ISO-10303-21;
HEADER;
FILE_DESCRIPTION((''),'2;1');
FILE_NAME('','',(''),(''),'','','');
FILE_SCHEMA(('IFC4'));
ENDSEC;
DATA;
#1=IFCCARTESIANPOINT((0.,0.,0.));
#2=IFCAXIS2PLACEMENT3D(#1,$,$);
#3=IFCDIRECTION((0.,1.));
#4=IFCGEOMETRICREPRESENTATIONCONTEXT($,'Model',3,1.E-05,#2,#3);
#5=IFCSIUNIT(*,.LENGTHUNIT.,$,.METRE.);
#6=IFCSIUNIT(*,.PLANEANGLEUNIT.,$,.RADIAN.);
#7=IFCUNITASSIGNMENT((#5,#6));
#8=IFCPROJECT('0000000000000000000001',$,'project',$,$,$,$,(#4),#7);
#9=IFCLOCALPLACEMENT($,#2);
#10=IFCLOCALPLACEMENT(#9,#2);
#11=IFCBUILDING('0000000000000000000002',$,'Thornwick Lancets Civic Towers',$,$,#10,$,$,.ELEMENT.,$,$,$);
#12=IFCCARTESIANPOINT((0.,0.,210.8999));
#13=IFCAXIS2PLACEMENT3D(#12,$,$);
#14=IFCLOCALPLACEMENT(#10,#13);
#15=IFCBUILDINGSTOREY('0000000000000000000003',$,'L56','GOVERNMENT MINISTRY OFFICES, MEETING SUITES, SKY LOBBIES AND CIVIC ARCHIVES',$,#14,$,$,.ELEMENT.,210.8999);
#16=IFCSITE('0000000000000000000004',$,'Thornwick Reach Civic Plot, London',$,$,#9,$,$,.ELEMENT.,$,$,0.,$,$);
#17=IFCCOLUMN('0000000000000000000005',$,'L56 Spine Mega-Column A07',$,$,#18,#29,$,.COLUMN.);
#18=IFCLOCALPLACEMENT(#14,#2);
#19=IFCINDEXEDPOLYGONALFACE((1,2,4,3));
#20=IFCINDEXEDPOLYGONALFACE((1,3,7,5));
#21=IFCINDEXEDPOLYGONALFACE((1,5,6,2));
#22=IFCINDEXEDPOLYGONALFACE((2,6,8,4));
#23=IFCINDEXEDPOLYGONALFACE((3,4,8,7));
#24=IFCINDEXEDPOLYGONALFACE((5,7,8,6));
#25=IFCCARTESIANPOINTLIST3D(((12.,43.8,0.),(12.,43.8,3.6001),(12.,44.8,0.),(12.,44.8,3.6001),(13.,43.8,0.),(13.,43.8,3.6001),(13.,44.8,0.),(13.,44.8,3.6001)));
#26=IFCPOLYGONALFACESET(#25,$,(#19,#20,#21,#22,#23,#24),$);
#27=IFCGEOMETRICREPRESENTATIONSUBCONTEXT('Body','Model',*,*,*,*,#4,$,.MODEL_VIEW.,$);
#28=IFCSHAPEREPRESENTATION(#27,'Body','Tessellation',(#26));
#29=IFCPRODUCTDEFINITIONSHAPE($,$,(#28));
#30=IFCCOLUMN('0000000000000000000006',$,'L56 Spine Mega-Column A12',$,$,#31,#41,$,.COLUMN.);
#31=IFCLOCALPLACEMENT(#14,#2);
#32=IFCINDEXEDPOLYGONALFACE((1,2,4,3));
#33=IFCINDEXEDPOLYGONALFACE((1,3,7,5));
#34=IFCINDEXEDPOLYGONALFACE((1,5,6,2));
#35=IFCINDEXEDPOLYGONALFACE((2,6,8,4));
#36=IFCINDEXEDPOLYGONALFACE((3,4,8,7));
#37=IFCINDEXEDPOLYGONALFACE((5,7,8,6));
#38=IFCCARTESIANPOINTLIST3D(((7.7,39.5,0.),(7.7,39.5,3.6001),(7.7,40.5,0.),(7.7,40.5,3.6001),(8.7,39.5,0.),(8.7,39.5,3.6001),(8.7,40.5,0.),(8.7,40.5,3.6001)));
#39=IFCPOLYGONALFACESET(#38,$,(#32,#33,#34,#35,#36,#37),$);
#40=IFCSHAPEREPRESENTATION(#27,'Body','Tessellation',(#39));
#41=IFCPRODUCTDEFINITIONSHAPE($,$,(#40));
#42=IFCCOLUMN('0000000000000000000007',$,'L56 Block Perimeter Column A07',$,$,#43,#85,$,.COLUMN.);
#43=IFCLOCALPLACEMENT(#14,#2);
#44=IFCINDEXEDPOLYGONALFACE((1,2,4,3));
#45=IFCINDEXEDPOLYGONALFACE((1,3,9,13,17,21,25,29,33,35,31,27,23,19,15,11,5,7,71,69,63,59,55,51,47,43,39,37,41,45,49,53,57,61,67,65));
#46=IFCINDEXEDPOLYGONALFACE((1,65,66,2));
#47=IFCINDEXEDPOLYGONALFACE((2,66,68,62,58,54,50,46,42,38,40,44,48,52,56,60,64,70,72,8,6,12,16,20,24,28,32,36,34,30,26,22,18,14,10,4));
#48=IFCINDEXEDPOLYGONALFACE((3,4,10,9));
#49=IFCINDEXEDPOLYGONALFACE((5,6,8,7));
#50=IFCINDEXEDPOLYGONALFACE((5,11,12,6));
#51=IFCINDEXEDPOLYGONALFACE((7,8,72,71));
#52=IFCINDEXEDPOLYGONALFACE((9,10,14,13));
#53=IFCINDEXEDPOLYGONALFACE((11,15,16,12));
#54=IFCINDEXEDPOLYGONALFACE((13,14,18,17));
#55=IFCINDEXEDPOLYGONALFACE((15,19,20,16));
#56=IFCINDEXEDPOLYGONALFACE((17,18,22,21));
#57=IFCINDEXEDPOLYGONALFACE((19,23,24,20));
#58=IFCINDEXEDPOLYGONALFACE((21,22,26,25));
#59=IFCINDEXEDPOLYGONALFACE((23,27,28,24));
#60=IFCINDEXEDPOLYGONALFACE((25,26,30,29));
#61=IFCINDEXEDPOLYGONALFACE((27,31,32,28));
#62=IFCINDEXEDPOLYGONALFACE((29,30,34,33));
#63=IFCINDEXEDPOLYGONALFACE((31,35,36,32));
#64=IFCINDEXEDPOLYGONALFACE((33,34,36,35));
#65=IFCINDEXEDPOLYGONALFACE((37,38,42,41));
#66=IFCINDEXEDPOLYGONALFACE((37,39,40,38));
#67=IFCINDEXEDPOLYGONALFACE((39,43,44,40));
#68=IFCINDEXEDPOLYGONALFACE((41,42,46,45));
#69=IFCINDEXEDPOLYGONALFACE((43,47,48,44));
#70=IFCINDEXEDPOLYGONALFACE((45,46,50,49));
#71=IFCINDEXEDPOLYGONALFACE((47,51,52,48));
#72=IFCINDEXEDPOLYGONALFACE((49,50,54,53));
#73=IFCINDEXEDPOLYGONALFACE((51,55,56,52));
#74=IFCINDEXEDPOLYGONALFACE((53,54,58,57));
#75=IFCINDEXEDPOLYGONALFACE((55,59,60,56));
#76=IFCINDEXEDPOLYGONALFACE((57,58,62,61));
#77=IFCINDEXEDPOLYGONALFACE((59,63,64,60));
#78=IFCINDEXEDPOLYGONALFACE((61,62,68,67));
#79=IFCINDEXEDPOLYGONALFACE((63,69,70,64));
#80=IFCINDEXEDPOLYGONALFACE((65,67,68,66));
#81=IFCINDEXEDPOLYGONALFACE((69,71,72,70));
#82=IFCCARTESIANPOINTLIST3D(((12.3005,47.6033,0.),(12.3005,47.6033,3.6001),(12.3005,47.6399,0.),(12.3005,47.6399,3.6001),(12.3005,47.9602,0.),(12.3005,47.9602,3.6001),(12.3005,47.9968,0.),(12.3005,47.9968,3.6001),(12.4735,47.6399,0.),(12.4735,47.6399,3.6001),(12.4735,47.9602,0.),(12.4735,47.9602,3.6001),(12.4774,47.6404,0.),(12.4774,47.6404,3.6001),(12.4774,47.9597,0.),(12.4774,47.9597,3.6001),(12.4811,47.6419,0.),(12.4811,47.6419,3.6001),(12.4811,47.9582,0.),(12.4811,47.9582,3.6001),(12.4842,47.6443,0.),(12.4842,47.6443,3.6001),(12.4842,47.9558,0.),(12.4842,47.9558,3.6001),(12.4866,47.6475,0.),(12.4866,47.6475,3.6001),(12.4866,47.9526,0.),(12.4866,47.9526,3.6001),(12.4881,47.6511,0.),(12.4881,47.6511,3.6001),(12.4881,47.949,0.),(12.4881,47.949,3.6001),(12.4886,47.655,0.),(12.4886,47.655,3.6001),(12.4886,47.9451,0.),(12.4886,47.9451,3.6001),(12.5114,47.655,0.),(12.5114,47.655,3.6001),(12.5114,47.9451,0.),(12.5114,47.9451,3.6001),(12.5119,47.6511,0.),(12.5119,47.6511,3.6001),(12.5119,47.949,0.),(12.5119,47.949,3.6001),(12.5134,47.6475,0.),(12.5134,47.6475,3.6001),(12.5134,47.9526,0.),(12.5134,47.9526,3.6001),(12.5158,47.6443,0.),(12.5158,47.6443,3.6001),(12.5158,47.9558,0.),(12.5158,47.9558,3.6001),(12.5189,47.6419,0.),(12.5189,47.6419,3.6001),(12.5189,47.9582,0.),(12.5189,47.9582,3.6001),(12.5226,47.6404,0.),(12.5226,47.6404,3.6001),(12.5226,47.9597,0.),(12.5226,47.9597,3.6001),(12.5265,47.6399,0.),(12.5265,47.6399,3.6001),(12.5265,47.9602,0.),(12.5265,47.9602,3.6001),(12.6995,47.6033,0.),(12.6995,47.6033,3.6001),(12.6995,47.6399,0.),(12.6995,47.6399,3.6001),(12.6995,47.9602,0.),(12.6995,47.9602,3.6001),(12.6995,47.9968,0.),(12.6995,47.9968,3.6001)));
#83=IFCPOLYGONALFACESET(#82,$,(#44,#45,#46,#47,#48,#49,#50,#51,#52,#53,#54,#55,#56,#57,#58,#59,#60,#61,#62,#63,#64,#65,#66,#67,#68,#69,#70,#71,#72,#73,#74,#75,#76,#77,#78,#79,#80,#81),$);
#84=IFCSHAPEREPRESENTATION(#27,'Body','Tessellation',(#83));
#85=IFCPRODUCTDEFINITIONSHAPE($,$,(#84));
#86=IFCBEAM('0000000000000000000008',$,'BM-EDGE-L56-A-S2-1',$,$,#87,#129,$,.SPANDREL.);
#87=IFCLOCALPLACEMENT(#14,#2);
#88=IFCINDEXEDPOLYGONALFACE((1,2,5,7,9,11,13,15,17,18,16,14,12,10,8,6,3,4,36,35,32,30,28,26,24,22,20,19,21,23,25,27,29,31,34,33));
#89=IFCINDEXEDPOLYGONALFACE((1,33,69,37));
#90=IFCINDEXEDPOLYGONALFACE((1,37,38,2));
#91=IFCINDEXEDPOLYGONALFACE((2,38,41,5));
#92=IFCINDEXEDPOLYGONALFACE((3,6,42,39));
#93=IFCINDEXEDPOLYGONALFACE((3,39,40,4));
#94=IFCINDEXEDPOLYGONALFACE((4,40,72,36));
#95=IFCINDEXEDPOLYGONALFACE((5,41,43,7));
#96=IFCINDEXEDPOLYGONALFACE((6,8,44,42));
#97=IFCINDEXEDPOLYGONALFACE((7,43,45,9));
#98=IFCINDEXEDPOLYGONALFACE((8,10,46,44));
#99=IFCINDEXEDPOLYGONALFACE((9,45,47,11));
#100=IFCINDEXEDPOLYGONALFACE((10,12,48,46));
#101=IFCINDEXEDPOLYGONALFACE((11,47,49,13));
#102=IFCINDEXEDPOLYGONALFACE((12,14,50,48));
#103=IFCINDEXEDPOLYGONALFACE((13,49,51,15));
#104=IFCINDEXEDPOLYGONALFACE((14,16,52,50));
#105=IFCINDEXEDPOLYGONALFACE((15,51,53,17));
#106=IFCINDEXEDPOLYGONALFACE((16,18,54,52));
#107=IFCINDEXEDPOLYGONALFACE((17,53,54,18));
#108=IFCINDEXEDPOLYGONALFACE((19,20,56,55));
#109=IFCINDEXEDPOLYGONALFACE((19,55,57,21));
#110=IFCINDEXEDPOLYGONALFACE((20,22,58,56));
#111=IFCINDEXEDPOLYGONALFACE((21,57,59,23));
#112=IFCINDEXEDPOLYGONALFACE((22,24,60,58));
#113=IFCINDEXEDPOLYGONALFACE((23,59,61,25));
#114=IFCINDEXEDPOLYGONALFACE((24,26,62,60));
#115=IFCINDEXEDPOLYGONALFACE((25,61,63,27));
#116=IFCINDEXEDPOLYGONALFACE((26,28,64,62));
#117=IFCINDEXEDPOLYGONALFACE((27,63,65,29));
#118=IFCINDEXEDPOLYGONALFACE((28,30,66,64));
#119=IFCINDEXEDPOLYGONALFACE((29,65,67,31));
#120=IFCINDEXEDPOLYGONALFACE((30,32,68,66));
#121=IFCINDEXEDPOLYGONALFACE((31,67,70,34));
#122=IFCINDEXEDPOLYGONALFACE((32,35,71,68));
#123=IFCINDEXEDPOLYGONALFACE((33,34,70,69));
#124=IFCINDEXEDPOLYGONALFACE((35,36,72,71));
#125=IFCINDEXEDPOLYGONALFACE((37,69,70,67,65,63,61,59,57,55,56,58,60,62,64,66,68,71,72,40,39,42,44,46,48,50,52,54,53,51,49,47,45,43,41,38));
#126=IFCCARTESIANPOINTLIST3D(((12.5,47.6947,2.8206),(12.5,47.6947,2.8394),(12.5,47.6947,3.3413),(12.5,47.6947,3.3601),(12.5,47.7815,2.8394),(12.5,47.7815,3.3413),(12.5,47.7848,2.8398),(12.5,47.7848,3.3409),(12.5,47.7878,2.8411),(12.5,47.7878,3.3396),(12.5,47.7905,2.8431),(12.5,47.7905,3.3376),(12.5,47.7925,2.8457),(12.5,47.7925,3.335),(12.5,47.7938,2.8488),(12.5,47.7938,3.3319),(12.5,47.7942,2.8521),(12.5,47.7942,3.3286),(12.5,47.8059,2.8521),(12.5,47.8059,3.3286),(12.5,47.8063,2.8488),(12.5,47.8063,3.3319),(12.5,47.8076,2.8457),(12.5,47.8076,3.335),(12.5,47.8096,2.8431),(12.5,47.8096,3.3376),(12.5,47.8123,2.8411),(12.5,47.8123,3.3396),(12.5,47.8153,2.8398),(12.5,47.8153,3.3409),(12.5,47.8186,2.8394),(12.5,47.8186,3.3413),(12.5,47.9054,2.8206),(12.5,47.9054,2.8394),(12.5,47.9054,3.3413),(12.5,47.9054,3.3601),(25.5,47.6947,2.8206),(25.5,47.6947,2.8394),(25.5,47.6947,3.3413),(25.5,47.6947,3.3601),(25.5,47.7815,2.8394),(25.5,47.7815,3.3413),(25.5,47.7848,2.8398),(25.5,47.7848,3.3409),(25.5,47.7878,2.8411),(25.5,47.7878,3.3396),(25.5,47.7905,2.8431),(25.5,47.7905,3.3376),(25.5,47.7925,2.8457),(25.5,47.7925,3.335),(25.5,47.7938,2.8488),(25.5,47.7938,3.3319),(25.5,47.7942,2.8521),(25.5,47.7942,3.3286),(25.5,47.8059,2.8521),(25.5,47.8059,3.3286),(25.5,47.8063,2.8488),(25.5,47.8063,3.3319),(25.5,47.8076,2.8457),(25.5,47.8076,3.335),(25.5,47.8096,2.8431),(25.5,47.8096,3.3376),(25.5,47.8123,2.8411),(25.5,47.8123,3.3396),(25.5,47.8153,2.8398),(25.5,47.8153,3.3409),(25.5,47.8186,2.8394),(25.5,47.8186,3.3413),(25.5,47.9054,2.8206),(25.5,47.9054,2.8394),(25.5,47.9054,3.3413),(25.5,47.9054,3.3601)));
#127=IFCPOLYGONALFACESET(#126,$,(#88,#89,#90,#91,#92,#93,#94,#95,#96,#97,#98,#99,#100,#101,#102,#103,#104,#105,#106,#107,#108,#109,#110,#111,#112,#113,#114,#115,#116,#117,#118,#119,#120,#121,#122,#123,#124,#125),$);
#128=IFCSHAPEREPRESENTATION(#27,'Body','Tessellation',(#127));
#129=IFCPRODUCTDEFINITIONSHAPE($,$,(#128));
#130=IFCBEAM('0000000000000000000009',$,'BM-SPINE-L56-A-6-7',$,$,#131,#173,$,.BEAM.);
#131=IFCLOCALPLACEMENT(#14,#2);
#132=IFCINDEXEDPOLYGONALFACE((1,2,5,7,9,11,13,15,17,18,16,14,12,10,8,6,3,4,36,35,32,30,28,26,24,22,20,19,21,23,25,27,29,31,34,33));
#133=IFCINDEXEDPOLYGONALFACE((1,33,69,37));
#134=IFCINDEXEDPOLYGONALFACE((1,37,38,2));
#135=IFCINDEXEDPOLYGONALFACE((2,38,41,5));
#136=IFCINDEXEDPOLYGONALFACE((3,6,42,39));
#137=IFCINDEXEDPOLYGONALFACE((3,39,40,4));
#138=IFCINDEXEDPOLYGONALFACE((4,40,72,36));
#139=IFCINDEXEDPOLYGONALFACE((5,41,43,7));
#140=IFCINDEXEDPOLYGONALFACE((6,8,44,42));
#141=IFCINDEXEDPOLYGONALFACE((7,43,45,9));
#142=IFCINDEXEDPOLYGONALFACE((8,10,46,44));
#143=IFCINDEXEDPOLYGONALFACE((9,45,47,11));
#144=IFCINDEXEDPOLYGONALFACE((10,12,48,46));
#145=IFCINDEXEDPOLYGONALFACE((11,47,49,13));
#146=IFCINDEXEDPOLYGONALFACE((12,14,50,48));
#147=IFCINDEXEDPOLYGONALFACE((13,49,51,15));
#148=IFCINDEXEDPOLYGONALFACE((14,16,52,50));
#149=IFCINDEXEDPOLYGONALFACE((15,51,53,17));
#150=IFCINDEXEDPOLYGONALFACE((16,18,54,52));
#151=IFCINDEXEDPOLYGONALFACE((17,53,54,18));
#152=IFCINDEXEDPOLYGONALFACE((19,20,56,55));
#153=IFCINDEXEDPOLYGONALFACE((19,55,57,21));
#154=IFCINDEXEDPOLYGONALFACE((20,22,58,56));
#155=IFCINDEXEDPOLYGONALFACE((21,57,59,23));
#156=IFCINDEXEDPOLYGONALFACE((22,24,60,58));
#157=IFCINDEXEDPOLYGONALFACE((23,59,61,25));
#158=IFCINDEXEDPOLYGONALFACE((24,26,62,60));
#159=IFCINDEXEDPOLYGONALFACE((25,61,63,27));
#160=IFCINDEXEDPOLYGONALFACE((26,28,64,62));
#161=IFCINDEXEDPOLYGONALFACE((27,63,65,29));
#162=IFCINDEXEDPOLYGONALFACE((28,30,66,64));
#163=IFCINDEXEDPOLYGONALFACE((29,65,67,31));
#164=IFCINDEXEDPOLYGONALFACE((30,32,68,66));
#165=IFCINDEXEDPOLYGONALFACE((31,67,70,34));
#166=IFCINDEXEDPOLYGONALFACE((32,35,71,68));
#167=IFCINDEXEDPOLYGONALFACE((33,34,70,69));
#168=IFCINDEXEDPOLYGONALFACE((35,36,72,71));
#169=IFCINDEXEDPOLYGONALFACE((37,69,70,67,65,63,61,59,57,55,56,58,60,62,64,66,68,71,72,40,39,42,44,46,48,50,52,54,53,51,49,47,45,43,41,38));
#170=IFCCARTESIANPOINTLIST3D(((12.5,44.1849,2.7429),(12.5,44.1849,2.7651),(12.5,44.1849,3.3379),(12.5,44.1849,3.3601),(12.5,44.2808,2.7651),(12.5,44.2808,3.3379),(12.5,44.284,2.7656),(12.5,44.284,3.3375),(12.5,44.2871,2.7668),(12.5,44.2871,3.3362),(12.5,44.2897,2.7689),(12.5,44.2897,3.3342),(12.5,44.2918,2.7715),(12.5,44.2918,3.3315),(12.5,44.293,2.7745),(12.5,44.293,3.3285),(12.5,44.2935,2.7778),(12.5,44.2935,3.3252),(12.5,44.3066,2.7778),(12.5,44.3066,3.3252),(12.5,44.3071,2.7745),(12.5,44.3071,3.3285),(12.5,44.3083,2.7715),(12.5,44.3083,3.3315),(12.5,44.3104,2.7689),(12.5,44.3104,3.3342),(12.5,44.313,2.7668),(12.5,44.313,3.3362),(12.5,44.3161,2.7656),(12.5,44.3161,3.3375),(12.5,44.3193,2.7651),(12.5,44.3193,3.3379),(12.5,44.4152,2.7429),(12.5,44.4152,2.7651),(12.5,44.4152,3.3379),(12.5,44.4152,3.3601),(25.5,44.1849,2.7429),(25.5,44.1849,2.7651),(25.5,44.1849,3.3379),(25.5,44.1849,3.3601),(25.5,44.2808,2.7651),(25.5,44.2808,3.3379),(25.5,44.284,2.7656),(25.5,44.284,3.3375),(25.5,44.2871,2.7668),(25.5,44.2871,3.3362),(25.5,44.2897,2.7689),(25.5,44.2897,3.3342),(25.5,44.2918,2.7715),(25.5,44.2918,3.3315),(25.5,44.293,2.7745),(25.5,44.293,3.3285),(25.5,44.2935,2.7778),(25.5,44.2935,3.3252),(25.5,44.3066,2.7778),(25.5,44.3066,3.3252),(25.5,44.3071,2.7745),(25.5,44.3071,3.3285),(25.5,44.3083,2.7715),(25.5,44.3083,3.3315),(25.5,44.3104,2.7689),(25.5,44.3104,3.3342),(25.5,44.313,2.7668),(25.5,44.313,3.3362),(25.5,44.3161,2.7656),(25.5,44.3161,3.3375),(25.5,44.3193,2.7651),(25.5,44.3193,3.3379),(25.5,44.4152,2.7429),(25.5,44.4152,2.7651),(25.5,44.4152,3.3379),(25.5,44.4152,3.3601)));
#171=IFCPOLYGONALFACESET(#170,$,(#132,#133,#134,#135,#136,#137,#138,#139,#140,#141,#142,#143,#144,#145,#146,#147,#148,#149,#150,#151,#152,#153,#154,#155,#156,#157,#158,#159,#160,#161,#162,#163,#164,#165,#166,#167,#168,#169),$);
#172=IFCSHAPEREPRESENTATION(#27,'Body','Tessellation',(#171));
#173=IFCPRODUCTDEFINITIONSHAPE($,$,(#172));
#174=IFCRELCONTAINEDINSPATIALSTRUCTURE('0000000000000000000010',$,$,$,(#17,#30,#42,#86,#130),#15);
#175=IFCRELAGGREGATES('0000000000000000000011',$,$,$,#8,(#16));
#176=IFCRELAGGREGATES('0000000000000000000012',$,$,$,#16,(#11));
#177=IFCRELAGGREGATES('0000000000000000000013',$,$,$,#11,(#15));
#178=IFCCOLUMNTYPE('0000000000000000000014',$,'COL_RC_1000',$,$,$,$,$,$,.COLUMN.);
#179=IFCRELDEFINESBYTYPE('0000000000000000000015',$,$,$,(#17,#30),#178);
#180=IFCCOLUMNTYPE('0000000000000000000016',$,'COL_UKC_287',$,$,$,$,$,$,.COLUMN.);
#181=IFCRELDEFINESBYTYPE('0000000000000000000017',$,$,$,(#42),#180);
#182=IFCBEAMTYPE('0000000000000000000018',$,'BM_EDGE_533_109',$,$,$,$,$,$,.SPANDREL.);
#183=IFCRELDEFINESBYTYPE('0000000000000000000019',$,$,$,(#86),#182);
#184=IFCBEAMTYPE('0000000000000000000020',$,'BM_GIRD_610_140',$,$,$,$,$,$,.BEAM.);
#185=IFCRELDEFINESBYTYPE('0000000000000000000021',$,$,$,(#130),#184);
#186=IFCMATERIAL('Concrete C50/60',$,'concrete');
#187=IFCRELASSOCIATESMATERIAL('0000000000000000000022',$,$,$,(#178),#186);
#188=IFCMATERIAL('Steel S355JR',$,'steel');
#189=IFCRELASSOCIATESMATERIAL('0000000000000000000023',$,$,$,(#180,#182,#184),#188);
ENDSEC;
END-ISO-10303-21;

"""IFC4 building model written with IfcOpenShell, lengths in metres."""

from ifc_helpers import new_model, si_unit, direction, frame, origin, origin_2d, place, context, subcontext, project, spatial, rectangle, i_section, extrude, material, material_profile, profile_set, type_object, element, save


model = new_model("IFC4")

# Units and contexts
model_context = context("Model", 3, precision=1e-05, world=origin(), true_north=direction((0.0, 1.0)))
body_context = subcontext(model_context, "Body", "Model", "MODEL_VIEW")
ifc_project = project(units=[si_unit("LENGTHUNIT", "METRE"), si_unit("PLANEANGLEUNIT", "RADIAN")], contexts=[model_context])

# Site, building, storey
site_placement = place(None, origin())
site = spatial("IfcSite", under=ifc_project, at=site_placement, Name="Thornwick Reach Civic Plot, London", CompositionType="ELEMENT", RefElevation=0.0)
building_placement = place(site_placement, origin())
building = spatial("IfcBuilding", under=site, at=building_placement, Name="Thornwick Lancets Civic Towers", CompositionType="ELEMENT")
storey_placement = place(building_placement, frame((0.0, 0.0, 210.8999)))
storey = spatial("IfcBuildingStorey", under=building, at=storey_placement, Name="L56", Description="GOVERNMENT MINISTRY OFFICES, MEETING SUITES, SKY LOBBIES AND CIVIC ARCHIVES", CompositionType="ELEMENT", Elevation=210.8999)

# Columns
ifc_material_1 = material(Name="Concrete C50/60", Category="concrete")
ifc_material_profile_1 = material_profile(ifc_material_1, rectangle(XDim=1.0, YDim=1.0, at=origin_2d()), Name="RC 1000x1000")
ifc_profile_set_1 = profile_set([ifc_material_profile_1], Name="Concrete C50/60")
column_type_1 = type_object("IfcColumnType", Name="COL_RC_1000", PredefinedType="COLUMN", material=ifc_profile_set_1)
for number, where, z_axis, x_axis, name in (
    (1, (12.5, 44.3, 0.0), (0.0, 0.0, 1.0), (1.0, 0.0, 0.0), "L56 Spine Mega-Column A07"),
    (2, (8.2, 40.0, 0.0), (0.0, 0.0, 1.0), (1.0, 0.0, 0.0), "L56 Spine Mega-Column A12"),
):
    element("IfcColumn", number, at=place(storey_placement, frame(where, z_axis=z_axis, x_axis=x_axis)), inside=storey, type_object=column_type_1, Name=name, PredefinedType="COLUMN", context=body_context, shape_type="SweptSolid", body=[
        extrude(rectangle(XDim=1.0, YDim=1.0, at=origin_2d()), origin(), (0.0, 0.0, 1.0), 3.6001),
    ])
ifc_material_2 = material(Name="Steel S355JR", Category="steel")
ifc_material_profile_2 = material_profile(ifc_material_2, i_section(OverallWidth=0.3989, OverallDepth=0.3936, WebThickness=0.0227, FlangeThickness=0.0366, FilletRadius=0.0151, at=origin_2d()), Name="UKC 356x406x287")
ifc_profile_set_2 = profile_set([ifc_material_profile_2], Name="Steel S355JR")
column_type_2 = type_object("IfcColumnType", Name="COL_UKC_287", PredefinedType="COLUMN", material=ifc_profile_set_2)
column_placement = place(storey_placement, frame((12.5, 47.8, 0.0), z_axis=(0.0, 0.0, 1.0), x_axis=(1.0, 0.0, 0.0)))
element("IfcColumn", 3, at=column_placement, inside=storey, type_object=column_type_2, Name="L56 Block Perimeter Column A07", PredefinedType="COLUMN", context=body_context, shape_type="SweptSolid", body=[
    extrude(i_section(OverallWidth=0.3989, OverallDepth=0.3936, WebThickness=0.0227, FlangeThickness=0.0366, FilletRadius=0.0151, at=origin_2d()), origin(), (0.0, 0.0, 1.0), 3.6001),
])

# Beams
ifc_material_profile_3 = material_profile(ifc_material_2, i_section(OverallWidth=0.2107, OverallDepth=0.5396, WebThickness=0.0117, FlangeThickness=0.0188, FilletRadius=0.0127, at=origin_2d()), Name="UKB 533x210x109")
ifc_profile_set_3 = profile_set([ifc_material_profile_3], Name="Steel S355JR")
beam_type_1 = type_object("IfcBeamType", Name="BM_EDGE_533_109", PredefinedType="SPANDREL", material=ifc_profile_set_3)
beam_1_placement = place(storey_placement, frame((12.5, 47.8, 3.0903), z_axis=(1.0, 0.0, 0.0), x_axis=(0.0, 1.0, 0.0)))
element("IfcBeam", 4, at=beam_1_placement, inside=storey, type_object=beam_type_1, Name="BM-EDGE-L56-A-S2-1", PredefinedType="SPANDREL", context=body_context, shape_type="SweptSolid", body=[
    extrude(i_section(OverallWidth=0.2107, OverallDepth=0.5396, WebThickness=0.0117, FlangeThickness=0.0188, FilletRadius=0.0127, at=origin_2d()), origin(), (0.0, 0.0, 1.0), 13.0),
])
ifc_material_profile_4 = material_profile(ifc_material_2, i_section(OverallWidth=0.2302, OverallDepth=0.6172, WebThickness=0.0132, FlangeThickness=0.0222, FilletRadius=0.0127, at=origin_2d()), Name="UKB 610x229x140")
ifc_profile_set_4 = profile_set([ifc_material_profile_4], Name="Steel S355JR")
beam_type_2 = type_object("IfcBeamType", Name="BM_GIRD_610_140", PredefinedType="BEAM", material=ifc_profile_set_4)
beam_2_placement = place(storey_placement, frame((12.5, 44.3, 3.0515), z_axis=(1.0, 0.0, 0.0), x_axis=(0.0, 1.0, 0.0)))
element("IfcBeam", 5, at=beam_2_placement, inside=storey, type_object=beam_type_2, Name="BM-SPINE-L56-A-6-7", PredefinedType="BEAM", context=body_context, shape_type="SweptSolid", body=[
    extrude(i_section(OverallWidth=0.2302, OverallDepth=0.6172, WebThickness=0.0132, FlangeThickness=0.0222, FilletRadius=0.0127, at=origin_2d()), origin(), (0.0, 0.0, 1.0), 13.0),
])

save(model, "model.ifc")
